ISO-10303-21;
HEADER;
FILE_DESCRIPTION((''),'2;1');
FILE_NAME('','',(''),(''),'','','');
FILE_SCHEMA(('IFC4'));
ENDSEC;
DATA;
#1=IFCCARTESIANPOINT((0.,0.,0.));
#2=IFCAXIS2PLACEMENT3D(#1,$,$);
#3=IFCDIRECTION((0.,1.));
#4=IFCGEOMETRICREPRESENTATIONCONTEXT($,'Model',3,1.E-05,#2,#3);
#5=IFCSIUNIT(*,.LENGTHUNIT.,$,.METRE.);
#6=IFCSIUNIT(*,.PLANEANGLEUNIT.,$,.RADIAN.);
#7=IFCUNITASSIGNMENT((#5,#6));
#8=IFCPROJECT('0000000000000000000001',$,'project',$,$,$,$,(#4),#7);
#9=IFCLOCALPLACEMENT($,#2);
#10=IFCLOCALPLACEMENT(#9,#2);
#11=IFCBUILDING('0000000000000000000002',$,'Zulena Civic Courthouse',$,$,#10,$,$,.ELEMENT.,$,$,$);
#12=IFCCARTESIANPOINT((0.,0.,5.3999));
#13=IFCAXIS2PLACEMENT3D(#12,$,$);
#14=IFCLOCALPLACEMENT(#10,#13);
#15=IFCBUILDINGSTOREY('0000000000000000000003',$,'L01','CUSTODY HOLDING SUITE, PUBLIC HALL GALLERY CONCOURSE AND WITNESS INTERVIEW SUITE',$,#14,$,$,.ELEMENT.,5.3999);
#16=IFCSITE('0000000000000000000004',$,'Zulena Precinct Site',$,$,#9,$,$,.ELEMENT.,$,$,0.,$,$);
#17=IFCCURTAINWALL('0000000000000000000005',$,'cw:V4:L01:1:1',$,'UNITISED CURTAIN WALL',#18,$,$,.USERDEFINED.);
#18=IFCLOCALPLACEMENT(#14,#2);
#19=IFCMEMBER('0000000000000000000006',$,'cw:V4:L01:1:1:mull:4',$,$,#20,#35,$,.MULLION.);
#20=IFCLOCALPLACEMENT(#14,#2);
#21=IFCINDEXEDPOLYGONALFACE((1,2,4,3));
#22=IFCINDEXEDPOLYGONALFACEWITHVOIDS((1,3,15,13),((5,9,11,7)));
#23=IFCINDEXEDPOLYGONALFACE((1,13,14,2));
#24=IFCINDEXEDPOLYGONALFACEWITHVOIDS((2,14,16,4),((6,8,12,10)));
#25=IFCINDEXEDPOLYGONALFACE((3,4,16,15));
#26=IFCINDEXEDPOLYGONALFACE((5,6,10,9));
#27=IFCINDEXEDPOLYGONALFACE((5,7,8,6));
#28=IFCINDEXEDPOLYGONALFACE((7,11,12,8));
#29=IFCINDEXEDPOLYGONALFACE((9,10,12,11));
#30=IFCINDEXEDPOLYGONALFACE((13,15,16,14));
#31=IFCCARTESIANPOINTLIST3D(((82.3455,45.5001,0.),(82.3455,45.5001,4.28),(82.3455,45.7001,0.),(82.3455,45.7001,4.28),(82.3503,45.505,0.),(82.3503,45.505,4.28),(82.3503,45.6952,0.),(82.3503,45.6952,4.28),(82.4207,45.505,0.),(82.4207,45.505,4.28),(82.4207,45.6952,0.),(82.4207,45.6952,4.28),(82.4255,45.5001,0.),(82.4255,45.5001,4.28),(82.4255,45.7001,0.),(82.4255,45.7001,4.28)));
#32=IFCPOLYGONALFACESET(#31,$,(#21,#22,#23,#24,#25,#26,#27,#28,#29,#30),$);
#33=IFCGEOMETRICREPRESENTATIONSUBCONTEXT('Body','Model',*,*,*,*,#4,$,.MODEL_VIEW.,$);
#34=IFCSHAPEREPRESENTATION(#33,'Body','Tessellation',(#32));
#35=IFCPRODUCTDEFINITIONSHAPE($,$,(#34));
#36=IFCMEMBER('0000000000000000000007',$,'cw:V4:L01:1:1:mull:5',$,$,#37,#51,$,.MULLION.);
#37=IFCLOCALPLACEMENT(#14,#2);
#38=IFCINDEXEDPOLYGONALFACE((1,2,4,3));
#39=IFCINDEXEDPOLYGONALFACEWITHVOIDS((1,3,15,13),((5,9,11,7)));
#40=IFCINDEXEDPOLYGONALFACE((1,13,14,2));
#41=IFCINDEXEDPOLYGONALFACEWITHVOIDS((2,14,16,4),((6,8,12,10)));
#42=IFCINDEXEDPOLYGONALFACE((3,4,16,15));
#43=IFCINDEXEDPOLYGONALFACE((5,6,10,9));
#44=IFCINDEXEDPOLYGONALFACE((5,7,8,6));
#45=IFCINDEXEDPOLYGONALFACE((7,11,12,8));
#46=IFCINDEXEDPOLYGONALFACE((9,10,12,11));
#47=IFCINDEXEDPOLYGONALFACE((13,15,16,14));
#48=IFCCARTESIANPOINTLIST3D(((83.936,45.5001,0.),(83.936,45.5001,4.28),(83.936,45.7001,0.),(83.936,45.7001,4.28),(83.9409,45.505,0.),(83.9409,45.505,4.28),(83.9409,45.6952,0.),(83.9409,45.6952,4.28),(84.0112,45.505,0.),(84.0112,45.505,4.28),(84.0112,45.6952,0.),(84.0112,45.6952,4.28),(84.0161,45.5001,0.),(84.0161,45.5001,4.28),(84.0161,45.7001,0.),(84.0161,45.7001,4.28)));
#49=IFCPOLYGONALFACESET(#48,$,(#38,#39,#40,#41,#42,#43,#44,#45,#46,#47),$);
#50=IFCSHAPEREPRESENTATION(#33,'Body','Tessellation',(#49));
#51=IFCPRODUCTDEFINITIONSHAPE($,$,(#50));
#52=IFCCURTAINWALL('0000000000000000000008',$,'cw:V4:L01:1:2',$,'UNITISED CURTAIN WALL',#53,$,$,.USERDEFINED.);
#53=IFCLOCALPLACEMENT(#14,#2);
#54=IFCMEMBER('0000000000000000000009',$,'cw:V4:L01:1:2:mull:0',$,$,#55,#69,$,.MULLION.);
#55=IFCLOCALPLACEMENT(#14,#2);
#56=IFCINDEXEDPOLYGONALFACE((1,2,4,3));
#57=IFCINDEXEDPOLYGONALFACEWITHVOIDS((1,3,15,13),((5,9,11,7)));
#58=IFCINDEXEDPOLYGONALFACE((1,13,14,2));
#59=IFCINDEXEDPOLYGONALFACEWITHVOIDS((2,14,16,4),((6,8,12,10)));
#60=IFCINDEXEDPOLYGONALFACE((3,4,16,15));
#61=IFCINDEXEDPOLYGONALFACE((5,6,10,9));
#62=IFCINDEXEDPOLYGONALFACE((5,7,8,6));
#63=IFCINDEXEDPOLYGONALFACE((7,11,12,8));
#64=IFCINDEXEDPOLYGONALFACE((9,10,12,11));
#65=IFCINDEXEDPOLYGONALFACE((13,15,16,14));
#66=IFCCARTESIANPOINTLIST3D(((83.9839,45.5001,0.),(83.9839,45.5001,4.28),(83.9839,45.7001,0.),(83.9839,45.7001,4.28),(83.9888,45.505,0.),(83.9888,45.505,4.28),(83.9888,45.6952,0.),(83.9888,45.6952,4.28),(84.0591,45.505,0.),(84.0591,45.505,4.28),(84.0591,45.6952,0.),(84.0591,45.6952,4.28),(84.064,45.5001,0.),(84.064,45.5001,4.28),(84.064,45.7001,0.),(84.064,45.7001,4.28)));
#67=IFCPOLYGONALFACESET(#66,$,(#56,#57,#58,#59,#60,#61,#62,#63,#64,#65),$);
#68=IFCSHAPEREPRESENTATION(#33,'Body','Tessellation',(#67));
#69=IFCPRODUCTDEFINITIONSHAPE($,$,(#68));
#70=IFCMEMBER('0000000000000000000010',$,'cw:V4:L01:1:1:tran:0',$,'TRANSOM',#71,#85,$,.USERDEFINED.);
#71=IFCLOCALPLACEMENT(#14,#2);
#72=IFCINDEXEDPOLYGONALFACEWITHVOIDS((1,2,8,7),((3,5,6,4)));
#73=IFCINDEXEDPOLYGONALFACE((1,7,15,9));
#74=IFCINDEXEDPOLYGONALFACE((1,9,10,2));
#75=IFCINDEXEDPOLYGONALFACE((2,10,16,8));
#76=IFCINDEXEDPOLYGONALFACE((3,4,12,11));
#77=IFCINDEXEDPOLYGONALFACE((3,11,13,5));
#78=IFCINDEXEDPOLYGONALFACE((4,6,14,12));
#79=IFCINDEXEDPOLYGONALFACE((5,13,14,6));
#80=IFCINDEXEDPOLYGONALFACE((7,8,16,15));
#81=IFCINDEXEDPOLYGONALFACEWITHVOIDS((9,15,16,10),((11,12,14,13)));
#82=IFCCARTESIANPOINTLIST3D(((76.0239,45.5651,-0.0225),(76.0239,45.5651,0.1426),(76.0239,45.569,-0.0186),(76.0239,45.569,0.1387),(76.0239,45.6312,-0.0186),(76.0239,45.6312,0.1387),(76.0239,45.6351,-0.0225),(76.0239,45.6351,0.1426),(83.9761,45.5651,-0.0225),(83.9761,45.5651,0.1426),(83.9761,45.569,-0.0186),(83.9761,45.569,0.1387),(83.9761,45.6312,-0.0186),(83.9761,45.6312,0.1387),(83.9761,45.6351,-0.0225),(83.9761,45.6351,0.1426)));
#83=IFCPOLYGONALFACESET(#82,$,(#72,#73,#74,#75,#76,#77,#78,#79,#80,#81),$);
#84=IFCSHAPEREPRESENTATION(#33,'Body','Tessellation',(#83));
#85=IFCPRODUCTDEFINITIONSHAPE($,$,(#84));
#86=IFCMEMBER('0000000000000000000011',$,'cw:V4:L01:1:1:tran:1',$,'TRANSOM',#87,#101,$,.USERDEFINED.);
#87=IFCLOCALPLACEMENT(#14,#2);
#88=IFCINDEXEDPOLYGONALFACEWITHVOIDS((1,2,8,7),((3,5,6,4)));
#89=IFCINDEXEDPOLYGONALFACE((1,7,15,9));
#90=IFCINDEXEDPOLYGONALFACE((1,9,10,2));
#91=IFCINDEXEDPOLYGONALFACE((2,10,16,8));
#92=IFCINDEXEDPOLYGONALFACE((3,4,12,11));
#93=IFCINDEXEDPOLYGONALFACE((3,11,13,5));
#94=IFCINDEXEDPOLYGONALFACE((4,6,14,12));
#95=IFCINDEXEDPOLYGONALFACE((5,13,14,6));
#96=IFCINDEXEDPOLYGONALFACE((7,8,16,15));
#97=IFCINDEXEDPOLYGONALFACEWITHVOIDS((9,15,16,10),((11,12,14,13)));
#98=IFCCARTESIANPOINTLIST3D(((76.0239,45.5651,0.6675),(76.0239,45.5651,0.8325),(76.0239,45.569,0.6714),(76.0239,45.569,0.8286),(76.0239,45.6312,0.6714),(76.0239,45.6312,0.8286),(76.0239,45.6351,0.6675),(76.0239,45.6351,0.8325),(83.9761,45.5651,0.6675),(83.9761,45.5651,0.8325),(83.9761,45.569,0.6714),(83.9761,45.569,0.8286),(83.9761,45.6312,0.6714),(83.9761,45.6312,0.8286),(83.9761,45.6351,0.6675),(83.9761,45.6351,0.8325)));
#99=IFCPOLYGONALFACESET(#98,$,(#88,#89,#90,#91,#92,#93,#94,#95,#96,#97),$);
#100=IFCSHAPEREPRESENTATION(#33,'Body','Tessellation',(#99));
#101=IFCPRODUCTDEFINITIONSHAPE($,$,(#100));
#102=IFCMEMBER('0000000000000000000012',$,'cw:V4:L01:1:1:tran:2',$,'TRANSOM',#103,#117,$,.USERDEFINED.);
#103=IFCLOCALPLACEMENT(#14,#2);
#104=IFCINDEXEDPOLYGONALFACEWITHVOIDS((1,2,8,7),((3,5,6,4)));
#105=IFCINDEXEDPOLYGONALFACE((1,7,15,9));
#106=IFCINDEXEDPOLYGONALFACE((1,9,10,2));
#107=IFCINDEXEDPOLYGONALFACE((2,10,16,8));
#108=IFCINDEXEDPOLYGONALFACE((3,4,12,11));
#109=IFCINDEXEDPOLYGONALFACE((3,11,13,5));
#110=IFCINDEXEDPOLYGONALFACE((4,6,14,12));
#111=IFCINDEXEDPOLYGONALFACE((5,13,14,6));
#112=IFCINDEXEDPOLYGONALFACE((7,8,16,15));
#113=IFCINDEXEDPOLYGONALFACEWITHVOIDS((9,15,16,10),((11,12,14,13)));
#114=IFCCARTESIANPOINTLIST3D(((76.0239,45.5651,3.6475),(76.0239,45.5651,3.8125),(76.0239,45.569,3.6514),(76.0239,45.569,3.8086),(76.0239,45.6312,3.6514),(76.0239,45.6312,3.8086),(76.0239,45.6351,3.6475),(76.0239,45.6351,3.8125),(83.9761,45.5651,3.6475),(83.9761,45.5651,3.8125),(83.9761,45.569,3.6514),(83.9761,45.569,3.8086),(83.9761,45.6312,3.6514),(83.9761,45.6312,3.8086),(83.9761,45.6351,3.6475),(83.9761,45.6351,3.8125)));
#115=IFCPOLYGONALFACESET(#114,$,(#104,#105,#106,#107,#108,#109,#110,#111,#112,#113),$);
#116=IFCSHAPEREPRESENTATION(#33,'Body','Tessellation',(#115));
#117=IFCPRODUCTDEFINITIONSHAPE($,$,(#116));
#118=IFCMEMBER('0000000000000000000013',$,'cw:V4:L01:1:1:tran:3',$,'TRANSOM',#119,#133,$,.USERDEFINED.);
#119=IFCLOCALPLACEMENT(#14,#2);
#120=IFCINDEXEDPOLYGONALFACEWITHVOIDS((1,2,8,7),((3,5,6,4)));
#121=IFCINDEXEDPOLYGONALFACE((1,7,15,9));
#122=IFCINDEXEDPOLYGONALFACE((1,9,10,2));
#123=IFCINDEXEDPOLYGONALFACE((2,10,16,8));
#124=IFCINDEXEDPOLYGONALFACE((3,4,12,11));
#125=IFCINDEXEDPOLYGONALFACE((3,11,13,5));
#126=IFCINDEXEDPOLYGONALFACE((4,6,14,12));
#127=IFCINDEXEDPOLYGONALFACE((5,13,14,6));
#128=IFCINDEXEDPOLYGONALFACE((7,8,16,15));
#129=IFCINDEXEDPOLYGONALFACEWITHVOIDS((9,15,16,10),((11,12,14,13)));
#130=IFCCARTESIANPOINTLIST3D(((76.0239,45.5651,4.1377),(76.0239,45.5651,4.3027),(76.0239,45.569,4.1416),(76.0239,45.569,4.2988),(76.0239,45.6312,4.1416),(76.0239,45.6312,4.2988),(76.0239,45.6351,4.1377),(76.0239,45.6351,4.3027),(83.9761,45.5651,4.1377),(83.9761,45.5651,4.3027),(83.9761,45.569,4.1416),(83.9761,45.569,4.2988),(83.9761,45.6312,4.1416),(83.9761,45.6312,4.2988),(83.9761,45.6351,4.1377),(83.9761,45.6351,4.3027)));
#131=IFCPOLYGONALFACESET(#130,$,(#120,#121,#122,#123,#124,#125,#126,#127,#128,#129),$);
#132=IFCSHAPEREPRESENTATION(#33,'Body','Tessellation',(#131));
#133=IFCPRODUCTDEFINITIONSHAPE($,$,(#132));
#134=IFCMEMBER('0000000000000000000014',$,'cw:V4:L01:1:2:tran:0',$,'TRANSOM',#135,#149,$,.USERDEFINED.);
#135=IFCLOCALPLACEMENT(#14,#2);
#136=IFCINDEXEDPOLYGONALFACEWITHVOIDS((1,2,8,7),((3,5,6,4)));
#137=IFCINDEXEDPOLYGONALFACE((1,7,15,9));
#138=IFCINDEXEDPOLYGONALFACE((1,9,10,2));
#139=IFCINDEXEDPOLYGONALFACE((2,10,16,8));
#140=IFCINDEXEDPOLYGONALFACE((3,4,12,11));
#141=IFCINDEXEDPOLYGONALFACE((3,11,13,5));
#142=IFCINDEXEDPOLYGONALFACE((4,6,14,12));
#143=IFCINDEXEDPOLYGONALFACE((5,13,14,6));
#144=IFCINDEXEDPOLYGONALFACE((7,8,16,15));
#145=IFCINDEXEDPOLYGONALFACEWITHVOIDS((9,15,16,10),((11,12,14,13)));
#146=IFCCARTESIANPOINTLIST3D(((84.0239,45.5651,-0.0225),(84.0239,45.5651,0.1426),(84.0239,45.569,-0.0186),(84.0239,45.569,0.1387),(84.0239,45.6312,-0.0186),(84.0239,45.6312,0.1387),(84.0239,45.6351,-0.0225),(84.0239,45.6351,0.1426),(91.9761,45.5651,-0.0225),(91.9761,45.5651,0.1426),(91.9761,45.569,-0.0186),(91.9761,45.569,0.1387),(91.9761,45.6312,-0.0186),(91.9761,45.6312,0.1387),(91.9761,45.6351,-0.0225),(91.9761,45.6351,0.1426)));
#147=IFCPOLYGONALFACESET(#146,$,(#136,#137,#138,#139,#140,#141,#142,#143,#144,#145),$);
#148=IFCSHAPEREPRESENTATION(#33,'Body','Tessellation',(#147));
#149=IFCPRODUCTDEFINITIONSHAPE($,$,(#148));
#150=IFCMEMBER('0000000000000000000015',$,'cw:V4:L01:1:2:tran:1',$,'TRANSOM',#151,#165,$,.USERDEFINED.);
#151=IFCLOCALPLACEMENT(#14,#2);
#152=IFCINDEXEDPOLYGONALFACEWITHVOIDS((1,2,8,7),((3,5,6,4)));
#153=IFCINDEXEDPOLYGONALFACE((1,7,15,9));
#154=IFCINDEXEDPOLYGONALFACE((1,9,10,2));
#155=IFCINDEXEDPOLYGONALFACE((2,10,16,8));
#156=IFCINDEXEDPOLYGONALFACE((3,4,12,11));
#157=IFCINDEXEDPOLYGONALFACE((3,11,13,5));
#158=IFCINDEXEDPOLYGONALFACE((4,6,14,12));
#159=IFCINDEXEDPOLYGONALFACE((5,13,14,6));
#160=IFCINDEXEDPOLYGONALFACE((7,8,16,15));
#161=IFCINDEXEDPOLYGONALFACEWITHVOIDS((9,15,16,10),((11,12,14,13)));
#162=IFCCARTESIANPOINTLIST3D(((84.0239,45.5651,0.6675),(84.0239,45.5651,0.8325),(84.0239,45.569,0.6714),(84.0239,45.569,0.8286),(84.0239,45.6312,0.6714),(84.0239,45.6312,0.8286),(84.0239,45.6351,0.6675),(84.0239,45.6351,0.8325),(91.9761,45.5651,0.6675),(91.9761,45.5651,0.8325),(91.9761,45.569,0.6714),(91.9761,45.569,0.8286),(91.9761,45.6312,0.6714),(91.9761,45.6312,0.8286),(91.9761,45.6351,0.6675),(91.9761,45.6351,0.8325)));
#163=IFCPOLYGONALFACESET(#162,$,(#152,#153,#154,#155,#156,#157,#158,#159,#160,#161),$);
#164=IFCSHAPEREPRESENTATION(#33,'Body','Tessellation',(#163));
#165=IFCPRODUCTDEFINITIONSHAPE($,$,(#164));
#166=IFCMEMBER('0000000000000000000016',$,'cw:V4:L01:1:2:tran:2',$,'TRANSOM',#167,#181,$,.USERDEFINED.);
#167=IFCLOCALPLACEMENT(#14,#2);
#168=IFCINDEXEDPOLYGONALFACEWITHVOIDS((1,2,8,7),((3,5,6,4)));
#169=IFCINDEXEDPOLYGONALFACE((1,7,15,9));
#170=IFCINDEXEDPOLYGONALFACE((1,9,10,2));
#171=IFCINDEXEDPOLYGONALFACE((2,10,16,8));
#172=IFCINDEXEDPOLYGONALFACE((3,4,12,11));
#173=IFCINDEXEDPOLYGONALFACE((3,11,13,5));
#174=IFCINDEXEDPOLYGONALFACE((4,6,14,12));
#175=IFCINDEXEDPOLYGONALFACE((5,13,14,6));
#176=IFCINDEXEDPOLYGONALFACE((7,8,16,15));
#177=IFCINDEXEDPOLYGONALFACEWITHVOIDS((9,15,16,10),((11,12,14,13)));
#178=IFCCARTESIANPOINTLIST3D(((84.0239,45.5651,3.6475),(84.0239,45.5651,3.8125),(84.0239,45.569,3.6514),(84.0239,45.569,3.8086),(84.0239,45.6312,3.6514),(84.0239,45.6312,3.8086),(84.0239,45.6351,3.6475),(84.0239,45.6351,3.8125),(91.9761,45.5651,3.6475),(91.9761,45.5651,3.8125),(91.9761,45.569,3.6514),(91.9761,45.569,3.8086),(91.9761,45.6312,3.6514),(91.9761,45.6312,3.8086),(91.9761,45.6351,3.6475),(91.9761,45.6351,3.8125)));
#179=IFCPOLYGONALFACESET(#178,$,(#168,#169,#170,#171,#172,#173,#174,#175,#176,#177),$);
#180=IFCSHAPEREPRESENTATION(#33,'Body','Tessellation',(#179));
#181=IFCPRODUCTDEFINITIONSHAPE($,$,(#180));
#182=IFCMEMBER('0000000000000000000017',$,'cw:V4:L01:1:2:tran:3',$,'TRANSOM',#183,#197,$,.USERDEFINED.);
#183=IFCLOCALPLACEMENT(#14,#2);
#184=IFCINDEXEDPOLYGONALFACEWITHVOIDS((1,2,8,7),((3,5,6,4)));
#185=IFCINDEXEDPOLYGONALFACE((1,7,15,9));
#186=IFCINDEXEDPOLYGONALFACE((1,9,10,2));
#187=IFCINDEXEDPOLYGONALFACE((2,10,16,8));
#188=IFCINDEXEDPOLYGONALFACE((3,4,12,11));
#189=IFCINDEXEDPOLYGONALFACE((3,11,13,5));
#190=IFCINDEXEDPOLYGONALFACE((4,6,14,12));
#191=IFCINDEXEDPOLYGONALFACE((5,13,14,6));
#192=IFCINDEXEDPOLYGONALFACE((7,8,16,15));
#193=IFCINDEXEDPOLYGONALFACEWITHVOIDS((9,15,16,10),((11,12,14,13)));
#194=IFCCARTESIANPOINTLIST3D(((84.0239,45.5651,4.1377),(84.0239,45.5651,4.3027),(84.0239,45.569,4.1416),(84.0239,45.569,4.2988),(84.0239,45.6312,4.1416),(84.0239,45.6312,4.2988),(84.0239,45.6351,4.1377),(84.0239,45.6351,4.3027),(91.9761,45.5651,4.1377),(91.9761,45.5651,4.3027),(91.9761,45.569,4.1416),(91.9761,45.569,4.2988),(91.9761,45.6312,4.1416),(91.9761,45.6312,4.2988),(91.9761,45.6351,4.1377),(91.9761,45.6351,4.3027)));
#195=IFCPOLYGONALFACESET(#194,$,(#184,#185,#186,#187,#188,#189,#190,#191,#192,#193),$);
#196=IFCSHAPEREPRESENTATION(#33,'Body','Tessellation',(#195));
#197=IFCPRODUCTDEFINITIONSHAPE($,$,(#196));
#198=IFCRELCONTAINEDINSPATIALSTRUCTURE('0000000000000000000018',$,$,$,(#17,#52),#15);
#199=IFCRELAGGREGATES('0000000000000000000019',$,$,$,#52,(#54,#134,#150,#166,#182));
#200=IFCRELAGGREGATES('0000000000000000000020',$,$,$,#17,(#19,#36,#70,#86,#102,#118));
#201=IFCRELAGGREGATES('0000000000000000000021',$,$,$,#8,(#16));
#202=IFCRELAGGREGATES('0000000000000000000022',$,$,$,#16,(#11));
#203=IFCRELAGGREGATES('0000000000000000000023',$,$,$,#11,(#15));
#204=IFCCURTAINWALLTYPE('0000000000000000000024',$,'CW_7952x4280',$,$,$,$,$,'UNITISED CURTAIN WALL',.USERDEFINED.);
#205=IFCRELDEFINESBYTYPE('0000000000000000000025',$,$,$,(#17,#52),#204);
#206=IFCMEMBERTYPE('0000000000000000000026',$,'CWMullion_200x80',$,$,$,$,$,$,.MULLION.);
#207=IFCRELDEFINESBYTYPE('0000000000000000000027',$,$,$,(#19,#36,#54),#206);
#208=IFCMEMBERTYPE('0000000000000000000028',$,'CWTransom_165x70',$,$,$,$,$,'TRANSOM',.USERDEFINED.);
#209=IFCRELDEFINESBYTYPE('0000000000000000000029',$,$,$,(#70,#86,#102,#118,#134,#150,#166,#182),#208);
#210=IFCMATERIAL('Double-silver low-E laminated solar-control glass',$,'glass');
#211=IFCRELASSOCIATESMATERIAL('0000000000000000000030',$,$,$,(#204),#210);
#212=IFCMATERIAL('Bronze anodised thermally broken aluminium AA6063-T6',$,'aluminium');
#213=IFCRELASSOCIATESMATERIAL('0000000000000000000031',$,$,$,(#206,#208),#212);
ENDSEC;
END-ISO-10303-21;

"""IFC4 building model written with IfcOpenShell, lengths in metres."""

from ifc_helpers import new_model, si_unit, direction, frame, origin, origin_2d, place, context, subcontext, project, spatial, hollow_rectangle, extrude, material, material_profile, profile_set, type_object, element, aggregate, save


model = new_model("IFC4")

# Units and contexts
model_context = context("Model", 3, precision=1e-05, world=origin(), true_north=direction((0.0, 1.0)))
body_context = subcontext(model_context, "Body", "Model", "MODEL_VIEW")
ifc_project = project(units=[si_unit("LENGTHUNIT", "METRE"), si_unit("PLANEANGLEUNIT", "RADIAN")], contexts=[model_context])

# Site, building, storey
site_placement = place(None, origin())
site = spatial("IfcSite", under=ifc_project, at=site_placement, Name="Zulena Precinct Site", CompositionType="ELEMENT", RefElevation=0.0)
building_placement = place(site_placement, origin())
building = spatial("IfcBuilding", under=site, at=building_placement, Name="Zulena Civic Courthouse", CompositionType="ELEMENT")
storey_placement = place(building_placement, frame((0.0, 0.0, 5.3999)))
storey = spatial("IfcBuildingStorey", under=building, at=storey_placement, Name="L01", Description="CUSTODY HOLDING SUITE, PUBLIC HALL GALLERY CONCOURSE AND WITNESS INTERVIEW SUITE", CompositionType="ELEMENT", Elevation=5.3999)

# Curtain wall, members
ifc_material_1 = material(Name="Double-silver low-E laminated solar-control glass", Category="glass")
curtain_wall_type = type_object("IfcCurtainWallType", Name="CW_7952x4280", ElementType="UNITISED CURTAIN WALL", PredefinedType="USERDEFINED", material=ifc_material_1)
ifc_material_2 = material(Name="Bronze anodised thermally broken aluminium AA6063-T6", Category="aluminium")
ifc_material_profile_1 = material_profile(ifc_material_2, hollow_rectangle(XDim=0.0801, YDim=0.2, WallThickness=0.0049, at=origin_2d()), Name="CWM200X80X5")
ifc_profile_set_1 = profile_set([ifc_material_profile_1], Name="Bronze anodised thermally broken aluminium AA6063-T6")
member_type_1 = type_object("IfcMemberType", Name="CWMullion_200x80", PredefinedType="MULLION", material=ifc_profile_set_1)
curtain_wall_1_placement = place(storey_placement, origin())
curtain_wall_1 = element("IfcCurtainWall", 1, at=curtain_wall_1_placement, inside=storey, type_object=curtain_wall_type, Name="cw:V4:L01:1:1", ObjectType="UNITISED CURTAIN WALL", PredefinedType="USERDEFINED")
member_1_placement = place(storey_placement, frame((82.3855, 45.6001, 0.0), z_axis=(0.0, 0.0, 1.0), x_axis=(1.0, 0.0, 0.0)))
member_1 = element("IfcMember", 2, at=member_1_placement, type_object=member_type_1, Name="cw:V4:L01:1:1:mull:4", PredefinedType="MULLION", context=body_context, shape_type="SweptSolid", body=[
    extrude(hollow_rectangle(XDim=0.0801, YDim=0.2, WallThickness=0.0049, at=origin_2d()), origin(), (0.0, 0.0, 1.0), 4.28),
])
member_2_placement = place(storey_placement, frame((83.9761, 45.6001, 0.0), z_axis=(0.0, 0.0, 1.0), x_axis=(1.0, 0.0, 0.0)))
member_2 = element("IfcMember", 3, at=member_2_placement, type_object=member_type_1, Name="cw:V4:L01:1:1:mull:5", PredefinedType="MULLION", context=body_context, shape_type="SweptSolid", body=[
    extrude(hollow_rectangle(XDim=0.0801, YDim=0.2, WallThickness=0.0049, at=origin_2d()), origin(), (0.0, 0.0, 1.0), 4.28),
])

# Curtain wall, member
curtain_wall_2_placement = place(storey_placement, origin())
curtain_wall_2 = element("IfcCurtainWall", 4, at=curtain_wall_2_placement, inside=storey, type_object=curtain_wall_type, Name="cw:V4:L01:1:2", ObjectType="UNITISED CURTAIN WALL", PredefinedType="USERDEFINED")
member_3_placement = place(storey_placement, frame((84.0239, 45.6001, 0.0), z_axis=(0.0, 0.0, 1.0), x_axis=(1.0, 0.0, 0.0)))
member_3 = element("IfcMember", 5, at=member_3_placement, type_object=member_type_1, Name="cw:V4:L01:1:2:mull:0", PredefinedType="MULLION", context=body_context, shape_type="SweptSolid", body=[
    extrude(hollow_rectangle(XDim=0.0801, YDim=0.2, WallThickness=0.0049, at=origin_2d()), origin(), (0.0, 0.0, 1.0), 4.28),
])

# Members
ifc_material_profile_2 = material_profile(ifc_material_2, hollow_rectangle(XDim=0.0701, YDim=0.165, WallThickness=0.0039, at=origin_2d()), Name="CWT165X70X4")
ifc_profile_set_2 = profile_set([ifc_material_profile_2], Name="Bronze anodised thermally broken aluminium AA6063-T6")
member_type_2 = type_object("IfcMemberType", Name="CWTransom_165x70", ElementType="TRANSOM", PredefinedType="USERDEFINED", material=ifc_profile_set_2)
member_4_placement = place(storey_placement, frame((76.0239, 45.6001, 0.0601), z_axis=(1.0, 0.0, 0.0), x_axis=(0.0, 1.0, 0.0)))
member_4 = element("IfcMember", 6, at=member_4_placement, type_object=member_type_2, Name="cw:V4:L01:1:1:tran:0", ObjectType="TRANSOM", PredefinedType="USERDEFINED", context=body_context, shape_type="SweptSolid", body=[
    extrude(hollow_rectangle(XDim=0.0701, YDim=0.165, WallThickness=0.0039, at=origin_2d()), origin(), (0.0, 0.0, 1.0), 7.9521),
])
member_5_placement = place(storey_placement, frame((76.0239, 45.6001, 0.75), z_axis=(1.0, 0.0, 0.0), x_axis=(0.0, 1.0, 0.0)))
member_5 = element("IfcMember", 7, at=member_5_placement, type_object=member_type_2, Name="cw:V4:L01:1:1:tran:1", ObjectType="TRANSOM", PredefinedType="USERDEFINED", context=body_context, shape_type="SweptSolid", body=[
    extrude(hollow_rectangle(XDim=0.0701, YDim=0.165, WallThickness=0.0039, at=origin_2d()), origin(), (0.0, 0.0, 1.0), 7.9521),
])
member_6_placement = place(storey_placement, frame((76.0239, 45.6001, 3.73), z_axis=(1.0, 0.0, 0.0), x_axis=(0.0, 1.0, 0.0)))
member_6 = element("IfcMember", 8, at=member_6_placement, type_object=member_type_2, Name="cw:V4:L01:1:1:tran:2", ObjectType="TRANSOM", PredefinedType="USERDEFINED", context=body_context, shape_type="SweptSolid", body=[
    extrude(hollow_rectangle(XDim=0.0701, YDim=0.165, WallThickness=0.0039, at=origin_2d()), origin(), (0.0, 0.0, 1.0), 7.9521),
])
member_7_placement = place(storey_placement, frame((76.0239, 45.6001, 4.2202), z_axis=(1.0, 0.0, 0.0), x_axis=(0.0, 1.0, 0.0)))
member_7 = element("IfcMember", 9, at=member_7_placement, type_object=member_type_2, Name="cw:V4:L01:1:1:tran:3", ObjectType="TRANSOM", PredefinedType="USERDEFINED", context=body_context, shape_type="SweptSolid", body=[
    extrude(hollow_rectangle(XDim=0.0701, YDim=0.165, WallThickness=0.0039, at=origin_2d()), origin(), (0.0, 0.0, 1.0), 7.9521),
])
member_8_placement = place(storey_placement, frame((84.0239, 45.6001, 0.0601), z_axis=(1.0, 0.0, 0.0), x_axis=(0.0, 1.0, 0.0)))
member_8 = element("IfcMember", 10, at=member_8_placement, type_object=member_type_2, Name="cw:V4:L01:1:2:tran:0", ObjectType="TRANSOM", PredefinedType="USERDEFINED", context=body_context, shape_type="SweptSolid", body=[
    extrude(hollow_rectangle(XDim=0.0701, YDim=0.165, WallThickness=0.0039, at=origin_2d()), origin(), (0.0, 0.0, 1.0), 7.9521),
])
member_9_placement = place(storey_placement, frame((84.0239, 45.6001, 0.75), z_axis=(1.0, 0.0, 0.0), x_axis=(0.0, 1.0, 0.0)))
member_9 = element("IfcMember", 11, at=member_9_placement, type_object=member_type_2, Name="cw:V4:L01:1:2:tran:1", ObjectType="TRANSOM", PredefinedType="USERDEFINED", context=body_context, shape_type="SweptSolid", body=[
    extrude(hollow_rectangle(XDim=0.0701, YDim=0.165, WallThickness=0.0039, at=origin_2d()), origin(), (0.0, 0.0, 1.0), 7.9521),
])
member_10_placement = place(storey_placement, frame((84.0239, 45.6001, 3.73), z_axis=(1.0, 0.0, 0.0), x_axis=(0.0, 1.0, 0.0)))
member_10 = element("IfcMember", 12, at=member_10_placement, type_object=member_type_2, Name="cw:V4:L01:1:2:tran:2", ObjectType="TRANSOM", PredefinedType="USERDEFINED", context=body_context, shape_type="SweptSolid", body=[
    extrude(hollow_rectangle(XDim=0.0701, YDim=0.165, WallThickness=0.0039, at=origin_2d()), origin(), (0.0, 0.0, 1.0), 7.9521),
])
member_11_placement = place(storey_placement, frame((84.0239, 45.6001, 4.2202), z_axis=(1.0, 0.0, 0.0), x_axis=(0.0, 1.0, 0.0)))
member_11 = element("IfcMember", 13, at=member_11_placement, type_object=member_type_2, Name="cw:V4:L01:1:2:tran:3", ObjectType="TRANSOM", PredefinedType="USERDEFINED", context=body_context, shape_type="SweptSolid", body=[
    extrude(hollow_rectangle(XDim=0.0701, YDim=0.165, WallThickness=0.0039, at=origin_2d()), origin(), (0.0, 0.0, 1.0), 7.9521),
])
aggregate(curtain_wall_2, [member_3, member_8, member_9, member_10, member_11])

aggregate(curtain_wall_1, [member_1, member_2, member_4, member_5, member_6, member_7])

save(model, "model.ifc")
